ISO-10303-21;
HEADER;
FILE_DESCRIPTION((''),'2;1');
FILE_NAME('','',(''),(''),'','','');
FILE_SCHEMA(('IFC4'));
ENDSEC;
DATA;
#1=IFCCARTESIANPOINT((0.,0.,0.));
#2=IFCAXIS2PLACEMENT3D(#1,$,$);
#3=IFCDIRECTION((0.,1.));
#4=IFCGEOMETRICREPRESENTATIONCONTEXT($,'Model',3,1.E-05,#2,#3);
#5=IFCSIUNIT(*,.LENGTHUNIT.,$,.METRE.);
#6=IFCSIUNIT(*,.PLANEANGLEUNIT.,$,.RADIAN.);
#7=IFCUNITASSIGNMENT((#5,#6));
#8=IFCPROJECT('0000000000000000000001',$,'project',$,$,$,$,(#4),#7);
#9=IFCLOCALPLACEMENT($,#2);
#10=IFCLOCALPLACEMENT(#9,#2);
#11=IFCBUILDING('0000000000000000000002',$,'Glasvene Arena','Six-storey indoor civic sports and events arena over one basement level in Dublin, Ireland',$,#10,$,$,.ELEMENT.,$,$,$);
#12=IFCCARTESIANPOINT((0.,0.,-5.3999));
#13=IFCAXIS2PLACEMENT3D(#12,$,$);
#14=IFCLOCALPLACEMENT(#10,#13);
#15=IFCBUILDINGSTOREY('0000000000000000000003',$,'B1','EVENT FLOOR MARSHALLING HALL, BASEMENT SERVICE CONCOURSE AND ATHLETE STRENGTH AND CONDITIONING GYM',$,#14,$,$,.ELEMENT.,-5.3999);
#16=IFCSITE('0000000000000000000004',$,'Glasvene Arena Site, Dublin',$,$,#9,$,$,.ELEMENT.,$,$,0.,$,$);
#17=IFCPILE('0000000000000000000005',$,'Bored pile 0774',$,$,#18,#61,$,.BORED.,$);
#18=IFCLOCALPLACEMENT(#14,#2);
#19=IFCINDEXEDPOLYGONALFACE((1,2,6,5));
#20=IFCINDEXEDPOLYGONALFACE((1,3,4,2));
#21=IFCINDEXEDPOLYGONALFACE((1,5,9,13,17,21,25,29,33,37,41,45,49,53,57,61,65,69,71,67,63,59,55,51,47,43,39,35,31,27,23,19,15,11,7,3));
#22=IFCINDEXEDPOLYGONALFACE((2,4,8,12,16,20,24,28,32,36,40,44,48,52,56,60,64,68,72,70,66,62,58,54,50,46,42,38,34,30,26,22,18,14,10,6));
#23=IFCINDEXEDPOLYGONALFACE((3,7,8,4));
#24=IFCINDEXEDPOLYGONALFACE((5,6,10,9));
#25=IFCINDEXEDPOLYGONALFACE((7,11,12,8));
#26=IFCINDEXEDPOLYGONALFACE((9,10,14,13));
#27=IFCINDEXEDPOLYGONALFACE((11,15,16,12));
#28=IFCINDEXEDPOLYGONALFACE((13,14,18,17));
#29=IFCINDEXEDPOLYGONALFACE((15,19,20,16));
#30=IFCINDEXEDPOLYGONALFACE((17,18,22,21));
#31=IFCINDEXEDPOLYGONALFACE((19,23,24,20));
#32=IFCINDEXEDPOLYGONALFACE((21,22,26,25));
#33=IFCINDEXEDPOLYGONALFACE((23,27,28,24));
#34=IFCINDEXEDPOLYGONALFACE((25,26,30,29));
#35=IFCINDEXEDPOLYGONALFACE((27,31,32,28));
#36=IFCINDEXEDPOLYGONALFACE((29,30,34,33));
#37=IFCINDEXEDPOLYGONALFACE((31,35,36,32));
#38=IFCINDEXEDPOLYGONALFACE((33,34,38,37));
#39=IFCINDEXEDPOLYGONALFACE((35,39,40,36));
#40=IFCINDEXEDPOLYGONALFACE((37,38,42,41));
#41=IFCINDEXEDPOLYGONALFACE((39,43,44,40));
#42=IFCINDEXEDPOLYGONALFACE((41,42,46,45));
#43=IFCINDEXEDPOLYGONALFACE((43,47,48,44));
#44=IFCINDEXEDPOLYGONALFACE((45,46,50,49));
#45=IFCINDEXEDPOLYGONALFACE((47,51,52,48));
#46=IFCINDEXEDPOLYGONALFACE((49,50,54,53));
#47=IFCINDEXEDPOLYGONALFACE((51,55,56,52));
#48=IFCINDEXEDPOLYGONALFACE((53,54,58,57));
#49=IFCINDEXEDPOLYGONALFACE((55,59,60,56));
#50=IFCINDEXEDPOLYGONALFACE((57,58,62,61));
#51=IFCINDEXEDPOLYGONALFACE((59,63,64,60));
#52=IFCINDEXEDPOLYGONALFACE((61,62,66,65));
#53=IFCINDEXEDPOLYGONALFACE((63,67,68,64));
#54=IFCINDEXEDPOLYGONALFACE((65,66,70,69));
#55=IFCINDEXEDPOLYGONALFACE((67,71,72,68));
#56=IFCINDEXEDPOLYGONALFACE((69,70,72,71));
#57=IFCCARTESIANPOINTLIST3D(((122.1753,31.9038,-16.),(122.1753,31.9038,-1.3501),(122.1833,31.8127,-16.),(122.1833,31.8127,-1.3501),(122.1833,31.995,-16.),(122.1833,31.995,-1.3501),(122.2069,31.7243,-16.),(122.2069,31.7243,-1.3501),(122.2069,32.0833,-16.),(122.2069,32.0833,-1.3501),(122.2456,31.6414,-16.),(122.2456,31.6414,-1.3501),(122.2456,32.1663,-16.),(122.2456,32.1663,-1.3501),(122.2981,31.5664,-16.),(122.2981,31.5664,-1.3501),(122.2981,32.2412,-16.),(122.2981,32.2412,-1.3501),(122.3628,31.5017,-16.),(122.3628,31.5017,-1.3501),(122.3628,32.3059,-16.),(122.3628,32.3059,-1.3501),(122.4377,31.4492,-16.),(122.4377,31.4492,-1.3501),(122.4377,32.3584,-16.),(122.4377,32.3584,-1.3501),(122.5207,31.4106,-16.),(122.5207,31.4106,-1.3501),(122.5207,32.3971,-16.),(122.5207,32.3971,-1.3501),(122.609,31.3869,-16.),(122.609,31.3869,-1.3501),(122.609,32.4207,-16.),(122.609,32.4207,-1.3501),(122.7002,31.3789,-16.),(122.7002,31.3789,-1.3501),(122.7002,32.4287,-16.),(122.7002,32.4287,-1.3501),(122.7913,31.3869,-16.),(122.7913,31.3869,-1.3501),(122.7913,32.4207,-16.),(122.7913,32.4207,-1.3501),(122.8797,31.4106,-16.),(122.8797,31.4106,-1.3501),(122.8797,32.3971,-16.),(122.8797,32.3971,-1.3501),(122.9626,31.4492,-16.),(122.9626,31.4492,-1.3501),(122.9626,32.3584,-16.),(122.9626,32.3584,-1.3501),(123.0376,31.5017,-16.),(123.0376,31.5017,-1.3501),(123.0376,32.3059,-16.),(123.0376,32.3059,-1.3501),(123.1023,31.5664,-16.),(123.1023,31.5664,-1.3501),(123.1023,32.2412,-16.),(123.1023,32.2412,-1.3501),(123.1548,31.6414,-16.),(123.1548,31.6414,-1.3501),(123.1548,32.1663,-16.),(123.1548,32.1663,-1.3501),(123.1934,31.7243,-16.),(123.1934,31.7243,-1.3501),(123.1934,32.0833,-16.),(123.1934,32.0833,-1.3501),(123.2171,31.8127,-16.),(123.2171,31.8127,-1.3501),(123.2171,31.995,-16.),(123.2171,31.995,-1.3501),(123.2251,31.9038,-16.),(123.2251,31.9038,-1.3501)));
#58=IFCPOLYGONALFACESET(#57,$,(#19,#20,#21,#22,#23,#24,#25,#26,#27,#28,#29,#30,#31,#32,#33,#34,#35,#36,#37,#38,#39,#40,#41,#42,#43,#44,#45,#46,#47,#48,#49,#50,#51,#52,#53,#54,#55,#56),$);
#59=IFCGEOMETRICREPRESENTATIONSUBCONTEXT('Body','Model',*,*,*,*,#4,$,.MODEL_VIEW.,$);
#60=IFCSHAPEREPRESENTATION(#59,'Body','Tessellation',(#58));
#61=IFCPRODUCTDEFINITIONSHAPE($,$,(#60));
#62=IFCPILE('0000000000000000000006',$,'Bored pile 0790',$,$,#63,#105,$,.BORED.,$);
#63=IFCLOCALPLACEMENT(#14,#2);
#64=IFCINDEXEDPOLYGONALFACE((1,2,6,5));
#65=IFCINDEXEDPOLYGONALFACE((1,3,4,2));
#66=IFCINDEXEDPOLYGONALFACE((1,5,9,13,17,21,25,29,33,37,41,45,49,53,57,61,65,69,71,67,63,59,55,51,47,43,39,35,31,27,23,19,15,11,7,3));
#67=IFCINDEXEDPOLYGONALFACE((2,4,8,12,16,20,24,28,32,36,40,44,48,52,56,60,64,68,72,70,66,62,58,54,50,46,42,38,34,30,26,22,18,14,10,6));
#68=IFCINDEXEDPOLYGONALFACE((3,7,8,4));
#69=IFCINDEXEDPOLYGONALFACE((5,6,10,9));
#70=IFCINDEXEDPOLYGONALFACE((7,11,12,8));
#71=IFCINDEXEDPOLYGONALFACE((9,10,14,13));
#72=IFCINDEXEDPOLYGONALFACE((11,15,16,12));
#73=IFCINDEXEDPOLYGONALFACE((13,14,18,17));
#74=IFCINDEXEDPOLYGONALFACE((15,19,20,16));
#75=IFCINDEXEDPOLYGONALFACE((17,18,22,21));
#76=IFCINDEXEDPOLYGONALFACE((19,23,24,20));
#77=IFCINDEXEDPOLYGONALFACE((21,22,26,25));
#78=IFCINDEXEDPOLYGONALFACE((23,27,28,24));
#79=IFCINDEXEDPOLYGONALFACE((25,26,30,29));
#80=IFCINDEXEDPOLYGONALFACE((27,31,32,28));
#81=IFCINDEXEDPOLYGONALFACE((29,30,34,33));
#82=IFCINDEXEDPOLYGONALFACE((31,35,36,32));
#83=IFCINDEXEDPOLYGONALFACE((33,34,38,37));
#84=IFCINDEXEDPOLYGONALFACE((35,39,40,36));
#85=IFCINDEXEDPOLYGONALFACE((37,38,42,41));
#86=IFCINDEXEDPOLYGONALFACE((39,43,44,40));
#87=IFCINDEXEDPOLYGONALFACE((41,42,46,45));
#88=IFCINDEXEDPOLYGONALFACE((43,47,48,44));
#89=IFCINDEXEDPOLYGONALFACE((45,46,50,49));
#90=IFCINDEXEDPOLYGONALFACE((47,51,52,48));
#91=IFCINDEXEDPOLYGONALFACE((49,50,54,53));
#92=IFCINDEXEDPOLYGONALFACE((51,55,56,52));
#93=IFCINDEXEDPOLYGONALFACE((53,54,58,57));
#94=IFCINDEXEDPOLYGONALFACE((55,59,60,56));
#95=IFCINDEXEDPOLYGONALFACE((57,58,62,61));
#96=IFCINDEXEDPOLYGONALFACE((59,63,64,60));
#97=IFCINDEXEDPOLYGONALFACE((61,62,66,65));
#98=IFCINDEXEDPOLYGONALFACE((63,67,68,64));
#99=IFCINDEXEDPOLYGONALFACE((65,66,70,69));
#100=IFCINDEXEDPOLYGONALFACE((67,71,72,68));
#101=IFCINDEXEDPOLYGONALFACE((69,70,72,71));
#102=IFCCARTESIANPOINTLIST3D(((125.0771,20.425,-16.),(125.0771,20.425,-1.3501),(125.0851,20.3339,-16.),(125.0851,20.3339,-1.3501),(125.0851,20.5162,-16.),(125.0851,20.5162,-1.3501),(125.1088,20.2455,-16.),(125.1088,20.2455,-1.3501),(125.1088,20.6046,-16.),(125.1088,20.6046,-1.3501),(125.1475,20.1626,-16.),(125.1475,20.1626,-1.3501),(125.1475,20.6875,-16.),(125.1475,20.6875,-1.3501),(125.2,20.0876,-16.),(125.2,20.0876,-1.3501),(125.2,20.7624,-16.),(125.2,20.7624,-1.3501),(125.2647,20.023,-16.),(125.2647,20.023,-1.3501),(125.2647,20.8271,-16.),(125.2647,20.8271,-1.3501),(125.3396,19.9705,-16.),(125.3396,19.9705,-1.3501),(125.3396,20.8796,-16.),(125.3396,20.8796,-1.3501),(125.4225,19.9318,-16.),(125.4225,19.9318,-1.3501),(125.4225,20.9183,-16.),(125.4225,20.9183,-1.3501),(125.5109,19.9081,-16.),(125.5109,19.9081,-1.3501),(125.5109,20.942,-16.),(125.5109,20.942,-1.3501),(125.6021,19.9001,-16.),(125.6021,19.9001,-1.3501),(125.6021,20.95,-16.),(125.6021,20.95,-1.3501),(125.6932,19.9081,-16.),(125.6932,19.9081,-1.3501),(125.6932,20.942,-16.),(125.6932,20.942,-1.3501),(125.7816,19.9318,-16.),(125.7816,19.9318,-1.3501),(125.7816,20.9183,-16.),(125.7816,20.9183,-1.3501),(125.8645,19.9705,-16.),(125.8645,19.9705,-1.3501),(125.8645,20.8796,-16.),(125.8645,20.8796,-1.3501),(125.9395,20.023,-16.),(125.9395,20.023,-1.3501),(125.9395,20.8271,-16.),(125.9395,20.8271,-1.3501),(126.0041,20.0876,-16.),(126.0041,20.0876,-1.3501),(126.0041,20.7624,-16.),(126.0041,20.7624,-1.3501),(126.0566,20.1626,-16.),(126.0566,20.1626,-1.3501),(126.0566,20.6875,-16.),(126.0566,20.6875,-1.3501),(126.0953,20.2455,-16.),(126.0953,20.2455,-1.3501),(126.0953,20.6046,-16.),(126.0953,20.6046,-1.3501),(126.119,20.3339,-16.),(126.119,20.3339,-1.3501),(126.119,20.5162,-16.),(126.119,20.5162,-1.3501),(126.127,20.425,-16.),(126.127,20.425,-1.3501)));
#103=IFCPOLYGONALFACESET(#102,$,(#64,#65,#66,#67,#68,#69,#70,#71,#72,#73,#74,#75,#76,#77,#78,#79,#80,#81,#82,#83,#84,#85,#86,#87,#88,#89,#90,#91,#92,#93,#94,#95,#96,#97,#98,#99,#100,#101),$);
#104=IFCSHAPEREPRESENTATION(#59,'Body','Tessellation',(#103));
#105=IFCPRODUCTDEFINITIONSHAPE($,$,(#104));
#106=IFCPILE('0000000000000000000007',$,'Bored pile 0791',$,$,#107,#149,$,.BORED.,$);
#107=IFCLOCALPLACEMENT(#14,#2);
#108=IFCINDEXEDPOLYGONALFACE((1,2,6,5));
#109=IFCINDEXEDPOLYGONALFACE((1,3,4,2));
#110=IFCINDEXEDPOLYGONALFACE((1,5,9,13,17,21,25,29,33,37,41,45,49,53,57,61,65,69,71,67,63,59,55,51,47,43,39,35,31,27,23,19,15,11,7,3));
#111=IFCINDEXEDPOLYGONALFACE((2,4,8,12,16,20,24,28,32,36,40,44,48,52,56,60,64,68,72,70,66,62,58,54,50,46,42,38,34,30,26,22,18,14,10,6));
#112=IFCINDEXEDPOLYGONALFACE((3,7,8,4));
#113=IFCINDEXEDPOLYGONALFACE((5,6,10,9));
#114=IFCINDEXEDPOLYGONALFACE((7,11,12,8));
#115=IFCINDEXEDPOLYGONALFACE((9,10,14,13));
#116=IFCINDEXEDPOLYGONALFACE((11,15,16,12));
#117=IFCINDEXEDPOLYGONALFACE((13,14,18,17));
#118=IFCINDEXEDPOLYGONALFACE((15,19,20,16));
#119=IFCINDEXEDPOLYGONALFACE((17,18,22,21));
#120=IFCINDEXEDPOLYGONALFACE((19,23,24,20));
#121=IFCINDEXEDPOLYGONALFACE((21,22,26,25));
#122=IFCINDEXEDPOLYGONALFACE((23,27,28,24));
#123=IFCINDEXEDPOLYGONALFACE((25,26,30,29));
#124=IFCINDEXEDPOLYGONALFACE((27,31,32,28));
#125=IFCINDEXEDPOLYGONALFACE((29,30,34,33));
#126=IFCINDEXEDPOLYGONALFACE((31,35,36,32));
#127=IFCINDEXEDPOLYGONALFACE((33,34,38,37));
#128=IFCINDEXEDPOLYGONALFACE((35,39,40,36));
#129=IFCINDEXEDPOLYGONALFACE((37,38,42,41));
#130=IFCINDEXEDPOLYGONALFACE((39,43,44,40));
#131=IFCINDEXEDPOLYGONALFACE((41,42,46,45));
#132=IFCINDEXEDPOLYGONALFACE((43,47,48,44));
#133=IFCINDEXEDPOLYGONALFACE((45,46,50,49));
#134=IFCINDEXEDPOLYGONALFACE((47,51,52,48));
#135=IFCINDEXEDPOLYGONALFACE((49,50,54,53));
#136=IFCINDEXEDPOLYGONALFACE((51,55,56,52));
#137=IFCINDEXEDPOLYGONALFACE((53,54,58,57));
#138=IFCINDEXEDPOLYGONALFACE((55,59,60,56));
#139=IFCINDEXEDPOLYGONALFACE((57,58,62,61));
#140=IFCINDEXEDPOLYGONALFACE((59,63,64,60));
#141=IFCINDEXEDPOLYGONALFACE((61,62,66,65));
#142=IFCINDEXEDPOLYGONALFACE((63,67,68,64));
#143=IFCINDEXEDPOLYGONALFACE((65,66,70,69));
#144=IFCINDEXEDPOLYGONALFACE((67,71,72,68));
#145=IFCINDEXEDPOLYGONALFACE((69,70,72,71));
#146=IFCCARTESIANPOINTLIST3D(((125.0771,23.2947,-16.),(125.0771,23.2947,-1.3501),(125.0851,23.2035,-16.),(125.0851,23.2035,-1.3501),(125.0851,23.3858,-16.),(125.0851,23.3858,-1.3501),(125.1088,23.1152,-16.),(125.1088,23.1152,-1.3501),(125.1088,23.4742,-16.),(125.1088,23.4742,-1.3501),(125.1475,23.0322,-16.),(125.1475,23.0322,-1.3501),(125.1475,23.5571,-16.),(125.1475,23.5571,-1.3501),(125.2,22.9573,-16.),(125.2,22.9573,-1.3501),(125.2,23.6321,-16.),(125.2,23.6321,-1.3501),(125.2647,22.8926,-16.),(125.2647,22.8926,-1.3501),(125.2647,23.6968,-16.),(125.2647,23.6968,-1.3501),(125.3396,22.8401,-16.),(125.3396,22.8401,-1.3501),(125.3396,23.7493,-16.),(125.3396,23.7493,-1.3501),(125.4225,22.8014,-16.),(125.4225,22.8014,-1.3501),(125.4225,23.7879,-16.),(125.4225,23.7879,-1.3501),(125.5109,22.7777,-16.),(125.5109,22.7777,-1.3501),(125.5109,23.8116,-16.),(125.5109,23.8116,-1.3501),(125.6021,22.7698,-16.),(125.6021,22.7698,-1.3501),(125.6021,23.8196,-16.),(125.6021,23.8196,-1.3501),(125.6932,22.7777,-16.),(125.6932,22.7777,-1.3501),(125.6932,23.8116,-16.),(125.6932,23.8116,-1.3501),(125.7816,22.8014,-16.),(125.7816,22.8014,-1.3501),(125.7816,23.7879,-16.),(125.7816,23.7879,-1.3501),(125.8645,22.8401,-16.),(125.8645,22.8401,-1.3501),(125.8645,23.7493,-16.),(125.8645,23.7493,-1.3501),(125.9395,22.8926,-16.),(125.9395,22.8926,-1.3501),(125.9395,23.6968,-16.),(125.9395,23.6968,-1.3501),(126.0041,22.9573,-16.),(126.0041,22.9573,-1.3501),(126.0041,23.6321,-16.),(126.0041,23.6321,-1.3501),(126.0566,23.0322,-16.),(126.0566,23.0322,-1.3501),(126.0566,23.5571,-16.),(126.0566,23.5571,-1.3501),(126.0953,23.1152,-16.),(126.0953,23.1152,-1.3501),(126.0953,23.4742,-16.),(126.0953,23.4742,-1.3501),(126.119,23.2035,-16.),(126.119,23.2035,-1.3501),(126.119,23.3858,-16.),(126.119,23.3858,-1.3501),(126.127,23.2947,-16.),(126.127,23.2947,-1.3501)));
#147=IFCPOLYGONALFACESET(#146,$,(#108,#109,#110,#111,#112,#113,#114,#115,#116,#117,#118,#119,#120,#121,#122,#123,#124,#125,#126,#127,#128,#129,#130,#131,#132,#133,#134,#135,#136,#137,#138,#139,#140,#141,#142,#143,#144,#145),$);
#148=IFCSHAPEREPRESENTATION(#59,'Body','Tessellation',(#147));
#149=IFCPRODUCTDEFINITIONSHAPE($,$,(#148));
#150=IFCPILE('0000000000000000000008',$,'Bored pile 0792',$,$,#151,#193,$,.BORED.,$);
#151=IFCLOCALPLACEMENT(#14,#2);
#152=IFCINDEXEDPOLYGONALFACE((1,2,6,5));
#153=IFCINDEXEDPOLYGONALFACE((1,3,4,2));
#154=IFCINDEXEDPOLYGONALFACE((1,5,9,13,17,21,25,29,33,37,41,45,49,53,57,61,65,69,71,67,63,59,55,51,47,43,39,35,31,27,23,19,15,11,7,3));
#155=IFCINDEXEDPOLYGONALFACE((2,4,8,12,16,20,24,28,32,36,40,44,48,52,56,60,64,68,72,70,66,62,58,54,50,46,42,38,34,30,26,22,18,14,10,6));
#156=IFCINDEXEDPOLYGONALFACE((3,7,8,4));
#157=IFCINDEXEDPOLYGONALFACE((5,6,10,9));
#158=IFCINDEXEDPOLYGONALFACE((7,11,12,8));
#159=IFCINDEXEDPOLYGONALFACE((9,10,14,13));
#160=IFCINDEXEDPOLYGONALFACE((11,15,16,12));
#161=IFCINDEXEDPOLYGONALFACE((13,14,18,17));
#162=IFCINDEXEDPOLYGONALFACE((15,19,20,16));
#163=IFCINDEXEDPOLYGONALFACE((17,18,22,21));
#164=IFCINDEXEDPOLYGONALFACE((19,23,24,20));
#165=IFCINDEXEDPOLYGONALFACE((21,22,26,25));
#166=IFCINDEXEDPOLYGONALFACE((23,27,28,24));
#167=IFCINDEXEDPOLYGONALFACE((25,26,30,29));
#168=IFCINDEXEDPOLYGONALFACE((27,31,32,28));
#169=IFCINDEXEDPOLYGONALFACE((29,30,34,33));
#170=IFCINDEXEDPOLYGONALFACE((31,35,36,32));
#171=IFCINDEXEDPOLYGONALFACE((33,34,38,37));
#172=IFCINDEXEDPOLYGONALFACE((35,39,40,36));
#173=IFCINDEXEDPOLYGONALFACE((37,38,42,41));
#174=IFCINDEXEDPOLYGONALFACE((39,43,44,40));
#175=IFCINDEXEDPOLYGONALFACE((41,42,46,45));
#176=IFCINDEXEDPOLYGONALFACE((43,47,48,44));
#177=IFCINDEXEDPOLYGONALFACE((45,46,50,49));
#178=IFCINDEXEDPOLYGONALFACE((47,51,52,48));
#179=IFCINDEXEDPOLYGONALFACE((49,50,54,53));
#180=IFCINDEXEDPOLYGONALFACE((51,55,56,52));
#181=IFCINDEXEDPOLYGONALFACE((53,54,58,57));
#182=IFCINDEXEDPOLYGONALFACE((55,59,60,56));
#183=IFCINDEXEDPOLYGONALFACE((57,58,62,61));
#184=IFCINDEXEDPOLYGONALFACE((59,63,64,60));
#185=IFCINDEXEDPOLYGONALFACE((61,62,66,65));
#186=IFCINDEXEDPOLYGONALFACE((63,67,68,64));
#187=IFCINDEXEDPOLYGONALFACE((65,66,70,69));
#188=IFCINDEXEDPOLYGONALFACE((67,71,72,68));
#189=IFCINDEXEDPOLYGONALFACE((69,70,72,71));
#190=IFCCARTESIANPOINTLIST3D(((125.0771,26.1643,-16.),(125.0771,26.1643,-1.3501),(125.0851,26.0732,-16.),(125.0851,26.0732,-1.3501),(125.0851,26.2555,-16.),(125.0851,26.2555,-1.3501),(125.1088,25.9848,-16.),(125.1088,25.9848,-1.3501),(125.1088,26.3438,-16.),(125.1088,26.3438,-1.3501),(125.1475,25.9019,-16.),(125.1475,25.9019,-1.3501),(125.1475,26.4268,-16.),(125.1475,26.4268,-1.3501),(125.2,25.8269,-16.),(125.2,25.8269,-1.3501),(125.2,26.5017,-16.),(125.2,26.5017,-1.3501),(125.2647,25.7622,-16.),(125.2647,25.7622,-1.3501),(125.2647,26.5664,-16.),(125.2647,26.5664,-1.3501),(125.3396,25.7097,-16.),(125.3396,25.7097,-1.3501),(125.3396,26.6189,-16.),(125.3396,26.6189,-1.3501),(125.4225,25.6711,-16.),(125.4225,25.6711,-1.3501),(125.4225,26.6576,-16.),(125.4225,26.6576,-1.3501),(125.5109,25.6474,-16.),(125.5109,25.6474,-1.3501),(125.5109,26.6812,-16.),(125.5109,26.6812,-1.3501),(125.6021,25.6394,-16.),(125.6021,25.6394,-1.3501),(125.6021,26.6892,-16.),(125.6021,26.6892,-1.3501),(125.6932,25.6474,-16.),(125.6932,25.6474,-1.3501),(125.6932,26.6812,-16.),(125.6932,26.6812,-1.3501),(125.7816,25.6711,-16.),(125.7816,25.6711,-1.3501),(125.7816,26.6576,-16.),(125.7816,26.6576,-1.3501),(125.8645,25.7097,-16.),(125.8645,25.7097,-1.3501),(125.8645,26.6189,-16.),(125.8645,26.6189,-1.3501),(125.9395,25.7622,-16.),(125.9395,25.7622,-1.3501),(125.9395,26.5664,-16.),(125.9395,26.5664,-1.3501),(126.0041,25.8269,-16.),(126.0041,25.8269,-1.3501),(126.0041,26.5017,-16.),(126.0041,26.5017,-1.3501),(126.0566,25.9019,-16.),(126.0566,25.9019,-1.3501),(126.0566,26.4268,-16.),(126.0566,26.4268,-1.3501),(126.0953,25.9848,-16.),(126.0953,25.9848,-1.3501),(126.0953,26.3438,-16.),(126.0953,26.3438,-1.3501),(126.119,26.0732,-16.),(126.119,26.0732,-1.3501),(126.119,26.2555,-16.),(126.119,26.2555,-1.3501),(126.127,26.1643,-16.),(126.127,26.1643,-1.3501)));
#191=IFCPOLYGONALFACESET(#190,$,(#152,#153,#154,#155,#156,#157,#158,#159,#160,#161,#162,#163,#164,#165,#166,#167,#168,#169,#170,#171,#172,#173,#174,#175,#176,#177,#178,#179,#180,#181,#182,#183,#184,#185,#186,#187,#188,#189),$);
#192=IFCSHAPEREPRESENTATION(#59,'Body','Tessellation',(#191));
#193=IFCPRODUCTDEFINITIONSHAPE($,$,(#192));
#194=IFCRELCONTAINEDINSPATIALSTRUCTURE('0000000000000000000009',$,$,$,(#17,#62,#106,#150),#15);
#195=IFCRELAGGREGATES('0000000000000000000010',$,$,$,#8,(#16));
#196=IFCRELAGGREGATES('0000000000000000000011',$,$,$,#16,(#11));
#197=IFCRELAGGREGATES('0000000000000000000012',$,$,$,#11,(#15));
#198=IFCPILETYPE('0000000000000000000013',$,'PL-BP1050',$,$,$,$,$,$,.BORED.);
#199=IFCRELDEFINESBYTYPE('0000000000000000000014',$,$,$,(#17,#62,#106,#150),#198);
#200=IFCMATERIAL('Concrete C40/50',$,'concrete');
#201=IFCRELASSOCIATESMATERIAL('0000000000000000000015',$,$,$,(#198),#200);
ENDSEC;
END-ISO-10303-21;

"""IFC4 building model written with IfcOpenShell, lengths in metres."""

from ifc_helpers import new_model, si_unit, direction, frame, origin, origin_2d, place, context, subcontext, project, spatial, circle, extrude, material, material_profile, profile_set, type_object, element, save


model = new_model("IFC4")

# Units and contexts
model_context = context("Model", 3, precision=1e-05, world=origin(), true_north=direction((0.0, 1.0)))
body_context = subcontext(model_context, "Body", "Model", "MODEL_VIEW")
ifc_project = project(units=[si_unit("LENGTHUNIT", "METRE"), si_unit("PLANEANGLEUNIT", "RADIAN")], contexts=[model_context])

# Site, building, storey
site_placement = place(None, origin())
site = spatial("IfcSite", under=ifc_project, at=site_placement, Name="Glasvene Arena Site, Dublin", CompositionType="ELEMENT", RefElevation=0.0)
building_placement = place(site_placement, origin())
building = spatial("IfcBuilding", under=site, at=building_placement, Name="Glasvene Arena", Description="Six-storey indoor civic sports and events arena over one basement level in Dublin, Ireland", CompositionType="ELEMENT")
storey_placement = place(building_placement, frame((0.0, 0.0, -5.3999)))
storey = spatial("IfcBuildingStorey", under=building, at=storey_placement, Name="B1", Description="EVENT FLOOR MARSHALLING HALL, BASEMENT SERVICE CONCOURSE AND ATHLETE STRENGTH AND CONDITIONING GYM", CompositionType="ELEMENT", Elevation=-5.3999)

# Piles
ifc_material_1 = material(Name="Concrete C40/50", Category="concrete")
ifc_material_profile_1 = material_profile(ifc_material_1, circle(Radius=0.5249, at=origin_2d()), Name="BORED PILE 1050")
ifc_profile_set_1 = profile_set([ifc_material_profile_1], Name="Concrete C40/50")
pile_type = type_object("IfcPileType", Name="PL-BP1050", PredefinedType="BORED", material=ifc_profile_set_1)
for number, where, z_axis, x_axis, name in (
    (1, (122.7002, 31.9038, -1.3501), (0.0, 0.0, -1.0), (1.0, 0.0, 0.0), "Bored pile 0774"),
    (2, (125.6021, 20.425, -1.3501), (0.0, 0.0, -1.0), (1.0, 0.0, 0.0), "Bored pile 0790"),
    (3, (125.6021, 23.2947, -1.3501), (0.0, 0.0, -1.0), (1.0, 0.0, 0.0), "Bored pile 0791"),
    (4, (125.6021, 26.1643, -1.3501), (0.0, 0.0, -1.0), (1.0, 0.0, 0.0), "Bored pile 0792"),
):
    element("IfcPile", number, at=place(storey_placement, frame(where, z_axis=z_axis, x_axis=x_axis)), inside=storey, type_object=pile_type, Name=name, PredefinedType="BORED", context=body_context, shape_type="SweptSolid", body=[
        extrude(circle(Radius=0.5249, at=origin_2d()), origin(), (0.0, 0.0, 1.0), 14.6499),
    ])

save(model, "model.ifc")
